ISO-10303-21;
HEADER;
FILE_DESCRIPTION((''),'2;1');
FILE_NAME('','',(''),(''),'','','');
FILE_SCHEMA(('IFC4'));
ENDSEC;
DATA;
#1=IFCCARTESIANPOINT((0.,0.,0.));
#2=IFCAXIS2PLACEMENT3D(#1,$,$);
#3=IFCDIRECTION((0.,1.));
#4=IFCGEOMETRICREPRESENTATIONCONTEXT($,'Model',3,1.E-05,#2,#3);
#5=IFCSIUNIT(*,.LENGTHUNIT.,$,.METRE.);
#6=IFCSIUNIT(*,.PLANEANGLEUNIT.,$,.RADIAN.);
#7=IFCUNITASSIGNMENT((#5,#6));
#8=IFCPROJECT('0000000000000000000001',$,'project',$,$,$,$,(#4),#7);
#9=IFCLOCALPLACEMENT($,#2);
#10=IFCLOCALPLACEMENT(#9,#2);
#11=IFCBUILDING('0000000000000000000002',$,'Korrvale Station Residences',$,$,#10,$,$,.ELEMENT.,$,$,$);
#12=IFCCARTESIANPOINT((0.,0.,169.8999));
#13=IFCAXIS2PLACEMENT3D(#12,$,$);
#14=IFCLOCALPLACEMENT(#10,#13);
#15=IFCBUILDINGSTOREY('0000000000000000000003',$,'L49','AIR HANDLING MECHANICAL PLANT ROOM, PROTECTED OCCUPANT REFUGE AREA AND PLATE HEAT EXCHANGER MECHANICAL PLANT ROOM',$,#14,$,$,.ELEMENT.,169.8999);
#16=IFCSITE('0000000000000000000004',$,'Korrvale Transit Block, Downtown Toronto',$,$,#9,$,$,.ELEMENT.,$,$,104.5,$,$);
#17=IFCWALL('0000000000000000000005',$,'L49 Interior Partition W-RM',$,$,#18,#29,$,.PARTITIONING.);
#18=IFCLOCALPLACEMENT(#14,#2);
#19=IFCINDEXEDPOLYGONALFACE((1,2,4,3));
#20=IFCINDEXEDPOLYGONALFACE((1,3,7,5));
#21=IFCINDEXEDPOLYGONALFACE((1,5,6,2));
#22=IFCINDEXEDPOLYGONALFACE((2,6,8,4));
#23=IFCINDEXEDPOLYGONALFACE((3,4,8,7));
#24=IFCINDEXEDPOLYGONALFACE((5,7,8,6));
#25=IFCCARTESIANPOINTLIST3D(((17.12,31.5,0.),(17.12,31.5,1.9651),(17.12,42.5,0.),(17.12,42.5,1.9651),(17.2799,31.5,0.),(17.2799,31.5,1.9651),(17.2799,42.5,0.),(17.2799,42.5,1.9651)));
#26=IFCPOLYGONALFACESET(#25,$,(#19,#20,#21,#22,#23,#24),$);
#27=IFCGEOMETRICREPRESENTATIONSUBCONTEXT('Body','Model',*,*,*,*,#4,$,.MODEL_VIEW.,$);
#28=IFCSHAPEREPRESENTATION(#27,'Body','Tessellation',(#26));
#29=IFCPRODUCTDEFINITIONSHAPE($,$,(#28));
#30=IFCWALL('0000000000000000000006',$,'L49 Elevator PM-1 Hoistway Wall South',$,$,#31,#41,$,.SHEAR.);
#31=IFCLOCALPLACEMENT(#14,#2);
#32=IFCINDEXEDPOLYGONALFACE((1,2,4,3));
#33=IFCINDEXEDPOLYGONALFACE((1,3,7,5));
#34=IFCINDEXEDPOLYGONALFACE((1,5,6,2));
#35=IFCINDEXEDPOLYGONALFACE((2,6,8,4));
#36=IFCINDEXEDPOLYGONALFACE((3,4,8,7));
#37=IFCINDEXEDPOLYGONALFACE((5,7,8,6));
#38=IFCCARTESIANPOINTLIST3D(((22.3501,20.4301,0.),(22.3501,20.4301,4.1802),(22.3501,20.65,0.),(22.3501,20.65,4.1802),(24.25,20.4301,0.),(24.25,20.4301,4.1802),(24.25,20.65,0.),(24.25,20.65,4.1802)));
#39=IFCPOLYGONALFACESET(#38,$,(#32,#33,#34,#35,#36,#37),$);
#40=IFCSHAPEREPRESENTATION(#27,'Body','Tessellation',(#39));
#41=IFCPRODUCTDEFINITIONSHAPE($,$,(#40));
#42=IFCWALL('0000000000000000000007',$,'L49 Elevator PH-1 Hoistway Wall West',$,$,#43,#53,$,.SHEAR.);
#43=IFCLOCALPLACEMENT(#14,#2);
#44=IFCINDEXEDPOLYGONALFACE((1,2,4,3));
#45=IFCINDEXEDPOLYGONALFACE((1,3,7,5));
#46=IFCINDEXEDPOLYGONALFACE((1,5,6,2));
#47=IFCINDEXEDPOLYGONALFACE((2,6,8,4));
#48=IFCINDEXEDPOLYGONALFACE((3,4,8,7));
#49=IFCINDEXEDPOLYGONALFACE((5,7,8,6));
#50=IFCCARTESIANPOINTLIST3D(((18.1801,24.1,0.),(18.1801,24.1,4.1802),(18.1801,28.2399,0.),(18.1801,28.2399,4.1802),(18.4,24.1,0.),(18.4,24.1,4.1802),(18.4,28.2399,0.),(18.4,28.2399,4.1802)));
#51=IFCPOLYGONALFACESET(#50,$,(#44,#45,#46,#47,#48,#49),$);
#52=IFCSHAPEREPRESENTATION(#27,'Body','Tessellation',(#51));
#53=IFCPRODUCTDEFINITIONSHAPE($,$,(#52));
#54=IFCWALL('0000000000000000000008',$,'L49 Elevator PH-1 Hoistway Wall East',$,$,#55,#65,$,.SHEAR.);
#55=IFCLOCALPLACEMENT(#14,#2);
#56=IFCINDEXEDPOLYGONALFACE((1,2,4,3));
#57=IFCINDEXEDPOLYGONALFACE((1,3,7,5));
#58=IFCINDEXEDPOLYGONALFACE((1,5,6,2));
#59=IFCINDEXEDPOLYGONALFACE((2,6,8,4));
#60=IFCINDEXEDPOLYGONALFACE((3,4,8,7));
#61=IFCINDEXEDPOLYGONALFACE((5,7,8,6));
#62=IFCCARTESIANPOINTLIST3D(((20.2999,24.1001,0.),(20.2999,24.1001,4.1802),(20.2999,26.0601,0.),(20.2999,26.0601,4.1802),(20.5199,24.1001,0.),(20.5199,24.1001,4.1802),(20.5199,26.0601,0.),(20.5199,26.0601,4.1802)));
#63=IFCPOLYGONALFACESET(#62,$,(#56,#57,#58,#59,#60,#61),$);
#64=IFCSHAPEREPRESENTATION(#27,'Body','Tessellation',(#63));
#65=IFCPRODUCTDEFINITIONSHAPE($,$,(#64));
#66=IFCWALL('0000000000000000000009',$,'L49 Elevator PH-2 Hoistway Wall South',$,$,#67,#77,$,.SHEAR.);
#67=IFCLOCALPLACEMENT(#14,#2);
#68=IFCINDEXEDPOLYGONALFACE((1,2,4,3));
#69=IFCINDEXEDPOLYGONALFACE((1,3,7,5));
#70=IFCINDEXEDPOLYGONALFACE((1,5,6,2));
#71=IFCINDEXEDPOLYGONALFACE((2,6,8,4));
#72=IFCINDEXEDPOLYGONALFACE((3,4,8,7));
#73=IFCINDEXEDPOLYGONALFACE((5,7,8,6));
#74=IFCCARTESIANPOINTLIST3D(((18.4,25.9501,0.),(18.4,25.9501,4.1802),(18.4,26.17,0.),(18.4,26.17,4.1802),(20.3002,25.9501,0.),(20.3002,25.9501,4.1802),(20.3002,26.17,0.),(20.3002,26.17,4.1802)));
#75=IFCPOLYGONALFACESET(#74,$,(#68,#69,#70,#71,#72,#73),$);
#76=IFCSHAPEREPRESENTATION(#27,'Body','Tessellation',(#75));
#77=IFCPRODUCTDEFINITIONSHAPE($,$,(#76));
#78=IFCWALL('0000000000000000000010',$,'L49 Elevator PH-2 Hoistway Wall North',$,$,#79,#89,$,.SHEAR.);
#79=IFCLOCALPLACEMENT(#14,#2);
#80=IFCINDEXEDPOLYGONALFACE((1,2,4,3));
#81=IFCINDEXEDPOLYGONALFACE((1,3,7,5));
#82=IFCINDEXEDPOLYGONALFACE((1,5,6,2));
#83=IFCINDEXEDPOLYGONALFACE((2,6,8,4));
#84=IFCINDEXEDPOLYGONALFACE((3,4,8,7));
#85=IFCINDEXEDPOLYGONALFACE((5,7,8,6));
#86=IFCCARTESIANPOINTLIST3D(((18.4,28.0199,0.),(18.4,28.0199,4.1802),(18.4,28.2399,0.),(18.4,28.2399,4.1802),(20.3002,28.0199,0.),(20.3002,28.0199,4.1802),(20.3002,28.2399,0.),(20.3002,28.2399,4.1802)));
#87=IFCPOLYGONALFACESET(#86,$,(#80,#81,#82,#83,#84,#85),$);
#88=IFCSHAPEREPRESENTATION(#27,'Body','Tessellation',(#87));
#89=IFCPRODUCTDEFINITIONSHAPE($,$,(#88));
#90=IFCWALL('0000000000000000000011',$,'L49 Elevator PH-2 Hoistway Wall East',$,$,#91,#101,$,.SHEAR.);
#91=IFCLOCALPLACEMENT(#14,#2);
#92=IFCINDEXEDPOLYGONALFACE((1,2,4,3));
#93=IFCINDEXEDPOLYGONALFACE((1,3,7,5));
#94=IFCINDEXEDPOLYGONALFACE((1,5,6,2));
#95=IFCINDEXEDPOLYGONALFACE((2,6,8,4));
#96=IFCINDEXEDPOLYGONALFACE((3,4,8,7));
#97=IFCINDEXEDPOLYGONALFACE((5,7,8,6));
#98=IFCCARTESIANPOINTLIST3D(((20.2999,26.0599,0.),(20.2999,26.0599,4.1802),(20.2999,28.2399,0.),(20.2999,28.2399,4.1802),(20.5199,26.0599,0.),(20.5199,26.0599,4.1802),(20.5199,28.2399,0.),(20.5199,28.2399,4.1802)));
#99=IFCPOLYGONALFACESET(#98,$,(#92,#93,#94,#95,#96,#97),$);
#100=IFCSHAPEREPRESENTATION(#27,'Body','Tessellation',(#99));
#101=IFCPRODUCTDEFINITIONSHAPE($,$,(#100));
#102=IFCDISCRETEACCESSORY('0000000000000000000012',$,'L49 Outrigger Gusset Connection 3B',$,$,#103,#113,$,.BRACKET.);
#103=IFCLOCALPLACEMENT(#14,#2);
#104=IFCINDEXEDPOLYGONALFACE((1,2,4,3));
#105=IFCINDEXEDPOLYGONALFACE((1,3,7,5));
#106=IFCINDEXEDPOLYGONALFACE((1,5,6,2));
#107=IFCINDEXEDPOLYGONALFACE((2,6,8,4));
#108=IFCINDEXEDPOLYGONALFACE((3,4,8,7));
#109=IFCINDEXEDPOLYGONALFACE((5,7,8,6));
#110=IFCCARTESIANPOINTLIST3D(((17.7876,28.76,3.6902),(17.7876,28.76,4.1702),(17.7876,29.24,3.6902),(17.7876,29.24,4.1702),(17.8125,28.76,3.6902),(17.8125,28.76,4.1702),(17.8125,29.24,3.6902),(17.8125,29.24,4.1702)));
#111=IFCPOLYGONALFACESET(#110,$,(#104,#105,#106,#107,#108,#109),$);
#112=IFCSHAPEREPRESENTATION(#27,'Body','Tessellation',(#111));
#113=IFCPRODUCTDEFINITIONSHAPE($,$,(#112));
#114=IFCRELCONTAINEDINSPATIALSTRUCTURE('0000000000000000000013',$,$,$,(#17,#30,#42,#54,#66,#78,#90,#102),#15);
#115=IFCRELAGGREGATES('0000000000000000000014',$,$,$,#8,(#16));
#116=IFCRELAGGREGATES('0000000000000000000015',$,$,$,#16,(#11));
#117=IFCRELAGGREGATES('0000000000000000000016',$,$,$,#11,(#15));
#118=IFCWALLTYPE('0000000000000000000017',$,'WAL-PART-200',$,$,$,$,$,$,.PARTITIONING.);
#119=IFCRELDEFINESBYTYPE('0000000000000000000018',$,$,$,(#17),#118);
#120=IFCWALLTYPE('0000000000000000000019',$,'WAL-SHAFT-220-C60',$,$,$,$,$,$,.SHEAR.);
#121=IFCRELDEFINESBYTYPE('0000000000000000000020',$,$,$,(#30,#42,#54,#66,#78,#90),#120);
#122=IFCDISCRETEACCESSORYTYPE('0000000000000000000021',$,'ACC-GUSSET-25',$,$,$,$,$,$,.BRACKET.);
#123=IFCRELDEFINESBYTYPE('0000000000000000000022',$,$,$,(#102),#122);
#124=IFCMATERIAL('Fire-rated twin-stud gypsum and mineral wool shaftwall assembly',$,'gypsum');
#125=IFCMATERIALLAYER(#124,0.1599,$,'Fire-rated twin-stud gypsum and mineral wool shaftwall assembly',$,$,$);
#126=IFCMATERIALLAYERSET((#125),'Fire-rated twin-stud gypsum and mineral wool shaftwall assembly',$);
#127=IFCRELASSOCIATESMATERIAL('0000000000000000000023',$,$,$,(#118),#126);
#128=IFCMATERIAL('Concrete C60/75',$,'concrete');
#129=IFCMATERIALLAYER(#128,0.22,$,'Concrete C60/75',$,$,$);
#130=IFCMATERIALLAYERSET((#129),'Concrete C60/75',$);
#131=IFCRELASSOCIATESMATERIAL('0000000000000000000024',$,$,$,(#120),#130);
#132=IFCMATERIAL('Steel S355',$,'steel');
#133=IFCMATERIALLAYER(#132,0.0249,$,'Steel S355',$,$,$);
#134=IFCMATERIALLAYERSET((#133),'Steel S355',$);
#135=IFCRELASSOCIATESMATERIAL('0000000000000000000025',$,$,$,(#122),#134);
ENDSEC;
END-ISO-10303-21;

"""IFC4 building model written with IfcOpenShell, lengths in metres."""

from ifc_helpers import new_model, si_unit, direction, frame, frame_2d, origin, origin_2d, place, context, subcontext, project, spatial, rectangle, extrude, material, layer, layer_set, type_object, element, save


model = new_model("IFC4")

# Units and contexts
model_context = context("Model", 3, precision=1e-05, world=origin(), true_north=direction((0.0, 1.0)))
body_context = subcontext(model_context, "Body", "Model", "MODEL_VIEW")
ifc_project = project(units=[si_unit("LENGTHUNIT", "METRE"), si_unit("PLANEANGLEUNIT", "RADIAN")], contexts=[model_context])

# Site, building, storey
site_placement = place(None, origin())
site = spatial("IfcSite", under=ifc_project, at=site_placement, Name="Korrvale Transit Block, Downtown Toronto", CompositionType="ELEMENT", RefElevation=104.5)
building_placement = place(site_placement, origin())
building = spatial("IfcBuilding", under=site, at=building_placement, Name="Korrvale Station Residences", CompositionType="ELEMENT")
storey_placement = place(building_placement, frame((0.0, 0.0, 169.8999)))
storey = spatial("IfcBuildingStorey", under=building, at=storey_placement, Name="L49", Description="AIR HANDLING MECHANICAL PLANT ROOM, PROTECTED OCCUPANT REFUGE AREA AND PLATE HEAT EXCHANGER MECHANICAL PLANT ROOM", CompositionType="ELEMENT", Elevation=169.8999)

# Shared definitions
ifc_material_1 = material(Name="Concrete C60/75", Category="concrete")

# Shared definitions
ifc_material_2 = material(Name="Fire-rated twin-stud gypsum and mineral wool shaftwall assembly", Category="gypsum")
ifc_layer_1 = layer(ifc_material_2, 0.1599, Name="Fire-rated twin-stud gypsum and mineral wool shaftwall assembly")
ifc_layer_set_1 = layer_set([ifc_layer_1], Name="Fire-rated twin-stud gypsum and mineral wool shaftwall assembly")
wall_type_1 = type_object("IfcWallType", Name="WAL-PART-200", PredefinedType="PARTITIONING", material=ifc_layer_set_1)

# Walls
wall_1_placement = place(storey_placement, frame((17.2, 31.5, 0.0), z_axis=(0.0, 0.0, 1.0), x_axis=(0.0, 1.0, 0.0)))
element("IfcWall", 1, at=wall_1_placement, inside=storey, type_object=wall_type_1, Name="L49 Interior Partition W-RM", PredefinedType="PARTITIONING", context=body_context, shape_type="SweptSolid", body=[
    extrude(rectangle(XDim=11.0, YDim=0.1599, at=frame_2d((5.5, 0.0))), origin(), (0.0, 0.0, 1.0), 1.9651),
])
ifc_layer_2 = layer(ifc_material_1, 0.22, Name="Concrete C60/75")
ifc_layer_set_2 = layer_set([ifc_layer_2], Name="Concrete C60/75")
wall_type_2 = type_object("IfcWallType", Name="WAL-SHAFT-220-C60", PredefinedType="SHEAR", material=ifc_layer_set_2)
wall_2_placement = place(storey_placement, frame((22.3501, 20.54, 0.0), z_axis=(0.0, 0.0, 1.0), x_axis=(1.0, 0.0, 0.0)))
element("IfcWall", 2, at=wall_2_placement, inside=storey, type_object=wall_type_2, Name="L49 Elevator PM-1 Hoistway Wall South", PredefinedType="SHEAR", context=body_context, shape_type="SweptSolid", body=[
    extrude(rectangle(XDim=1.8999, YDim=0.22, at=frame_2d((0.95, 0.0))), origin(), (0.0, 0.0, 1.0), 4.1802),
])

# Walls
wall_3_placement = place(storey_placement, frame((18.29, 24.1001, 0.0), z_axis=(0.0, 0.0, 1.0), x_axis=(0.0, 1.0, 0.0)))
element("IfcWall", 3, at=wall_3_placement, inside=storey, type_object=wall_type_2, Name="L49 Elevator PH-1 Hoistway Wall West", PredefinedType="SHEAR", context=body_context, shape_type="SweptSolid", body=[
    extrude(rectangle(XDim=4.1399, YDim=0.22, at=frame_2d((2.0698, 0.0))), origin(), (0.0, 0.0, 1.0), 4.1802),
])
wall_4_placement = place(storey_placement, frame((20.4099, 24.1001, 0.0), z_axis=(0.0, 0.0, 1.0), x_axis=(0.0, 1.0, 0.0)))
element("IfcWall", 4, at=wall_4_placement, inside=storey, type_object=wall_type_2, Name="L49 Elevator PH-1 Hoistway Wall East", PredefinedType="SHEAR", context=body_context, shape_type="SweptSolid", body=[
    extrude(rectangle(XDim=1.96, YDim=0.22, at=frame_2d((0.98, 0.0))), origin(), (0.0, 0.0, 1.0), 4.1802),
])
for number, where, z_axis, x_axis, name in (
    (5, (18.3999, 26.0601, 0.0), (0.0, 0.0, 1.0), (1.0, 0.0, 0.0), "L49 Elevator PH-2 Hoistway Wall South"),
    (6, (18.3999, 28.1299, 0.0), (0.0, 0.0, 1.0), (1.0, 0.0, 0.0), "L49 Elevator PH-2 Hoistway Wall North"),
):
    element("IfcWall", number, at=place(storey_placement, frame(where, z_axis=z_axis, x_axis=x_axis)), inside=storey, type_object=wall_type_2, Name=name, PredefinedType="SHEAR", context=body_context, shape_type="SweptSolid", body=[
        extrude(rectangle(XDim=1.9001, YDim=0.22, at=frame_2d((0.9502, 0.0))), origin(), (0.0, 0.0, 1.0), 4.1802),
    ])
wall_5_placement = place(storey_placement, frame((20.4099, 26.0601, 0.0), z_axis=(0.0, 0.0, 1.0), x_axis=(0.0, 1.0, 0.0)))
element("IfcWall", 7, at=wall_5_placement, inside=storey, type_object=wall_type_2, Name="L49 Elevator PH-2 Hoistway Wall East", PredefinedType="SHEAR", context=body_context, shape_type="SweptSolid", body=[
    extrude(rectangle(XDim=2.1799, YDim=0.22, at=frame_2d((1.0898, 0.0))), origin(), (0.0, 0.0, 1.0), 4.1802),
])

# Discrete accessory
ifc_material_3 = material(Name="Steel S355", Category="steel")
ifc_layer_3 = layer(ifc_material_3, 0.0249, Name="Steel S355")
ifc_layer_set_3 = layer_set([ifc_layer_3], Name="Steel S355")
discrete_accessory_type = type_object("IfcDiscreteAccessoryType", Name="ACC-GUSSET-25", PredefinedType="BRACKET", material=ifc_layer_set_3)
discrete_accessory_placement = place(storey_placement, frame((17.8, 29.0, 3.6902), z_axis=(0.0, 0.0, 1.0), x_axis=(0.0, 1.0, 0.0)))
element("IfcDiscreteAccessory", 8, at=discrete_accessory_placement, inside=storey, type_object=discrete_accessory_type, Name="L49 Outrigger Gusset Connection 3B", PredefinedType="BRACKET", context=body_context, shape_type="SweptSolid", body=[
    extrude(rectangle(XDim=0.48, YDim=0.0249, at=origin_2d()), origin(), (0.0, 0.0, 1.0), 0.48),
])

save(model, "model.ifc")
